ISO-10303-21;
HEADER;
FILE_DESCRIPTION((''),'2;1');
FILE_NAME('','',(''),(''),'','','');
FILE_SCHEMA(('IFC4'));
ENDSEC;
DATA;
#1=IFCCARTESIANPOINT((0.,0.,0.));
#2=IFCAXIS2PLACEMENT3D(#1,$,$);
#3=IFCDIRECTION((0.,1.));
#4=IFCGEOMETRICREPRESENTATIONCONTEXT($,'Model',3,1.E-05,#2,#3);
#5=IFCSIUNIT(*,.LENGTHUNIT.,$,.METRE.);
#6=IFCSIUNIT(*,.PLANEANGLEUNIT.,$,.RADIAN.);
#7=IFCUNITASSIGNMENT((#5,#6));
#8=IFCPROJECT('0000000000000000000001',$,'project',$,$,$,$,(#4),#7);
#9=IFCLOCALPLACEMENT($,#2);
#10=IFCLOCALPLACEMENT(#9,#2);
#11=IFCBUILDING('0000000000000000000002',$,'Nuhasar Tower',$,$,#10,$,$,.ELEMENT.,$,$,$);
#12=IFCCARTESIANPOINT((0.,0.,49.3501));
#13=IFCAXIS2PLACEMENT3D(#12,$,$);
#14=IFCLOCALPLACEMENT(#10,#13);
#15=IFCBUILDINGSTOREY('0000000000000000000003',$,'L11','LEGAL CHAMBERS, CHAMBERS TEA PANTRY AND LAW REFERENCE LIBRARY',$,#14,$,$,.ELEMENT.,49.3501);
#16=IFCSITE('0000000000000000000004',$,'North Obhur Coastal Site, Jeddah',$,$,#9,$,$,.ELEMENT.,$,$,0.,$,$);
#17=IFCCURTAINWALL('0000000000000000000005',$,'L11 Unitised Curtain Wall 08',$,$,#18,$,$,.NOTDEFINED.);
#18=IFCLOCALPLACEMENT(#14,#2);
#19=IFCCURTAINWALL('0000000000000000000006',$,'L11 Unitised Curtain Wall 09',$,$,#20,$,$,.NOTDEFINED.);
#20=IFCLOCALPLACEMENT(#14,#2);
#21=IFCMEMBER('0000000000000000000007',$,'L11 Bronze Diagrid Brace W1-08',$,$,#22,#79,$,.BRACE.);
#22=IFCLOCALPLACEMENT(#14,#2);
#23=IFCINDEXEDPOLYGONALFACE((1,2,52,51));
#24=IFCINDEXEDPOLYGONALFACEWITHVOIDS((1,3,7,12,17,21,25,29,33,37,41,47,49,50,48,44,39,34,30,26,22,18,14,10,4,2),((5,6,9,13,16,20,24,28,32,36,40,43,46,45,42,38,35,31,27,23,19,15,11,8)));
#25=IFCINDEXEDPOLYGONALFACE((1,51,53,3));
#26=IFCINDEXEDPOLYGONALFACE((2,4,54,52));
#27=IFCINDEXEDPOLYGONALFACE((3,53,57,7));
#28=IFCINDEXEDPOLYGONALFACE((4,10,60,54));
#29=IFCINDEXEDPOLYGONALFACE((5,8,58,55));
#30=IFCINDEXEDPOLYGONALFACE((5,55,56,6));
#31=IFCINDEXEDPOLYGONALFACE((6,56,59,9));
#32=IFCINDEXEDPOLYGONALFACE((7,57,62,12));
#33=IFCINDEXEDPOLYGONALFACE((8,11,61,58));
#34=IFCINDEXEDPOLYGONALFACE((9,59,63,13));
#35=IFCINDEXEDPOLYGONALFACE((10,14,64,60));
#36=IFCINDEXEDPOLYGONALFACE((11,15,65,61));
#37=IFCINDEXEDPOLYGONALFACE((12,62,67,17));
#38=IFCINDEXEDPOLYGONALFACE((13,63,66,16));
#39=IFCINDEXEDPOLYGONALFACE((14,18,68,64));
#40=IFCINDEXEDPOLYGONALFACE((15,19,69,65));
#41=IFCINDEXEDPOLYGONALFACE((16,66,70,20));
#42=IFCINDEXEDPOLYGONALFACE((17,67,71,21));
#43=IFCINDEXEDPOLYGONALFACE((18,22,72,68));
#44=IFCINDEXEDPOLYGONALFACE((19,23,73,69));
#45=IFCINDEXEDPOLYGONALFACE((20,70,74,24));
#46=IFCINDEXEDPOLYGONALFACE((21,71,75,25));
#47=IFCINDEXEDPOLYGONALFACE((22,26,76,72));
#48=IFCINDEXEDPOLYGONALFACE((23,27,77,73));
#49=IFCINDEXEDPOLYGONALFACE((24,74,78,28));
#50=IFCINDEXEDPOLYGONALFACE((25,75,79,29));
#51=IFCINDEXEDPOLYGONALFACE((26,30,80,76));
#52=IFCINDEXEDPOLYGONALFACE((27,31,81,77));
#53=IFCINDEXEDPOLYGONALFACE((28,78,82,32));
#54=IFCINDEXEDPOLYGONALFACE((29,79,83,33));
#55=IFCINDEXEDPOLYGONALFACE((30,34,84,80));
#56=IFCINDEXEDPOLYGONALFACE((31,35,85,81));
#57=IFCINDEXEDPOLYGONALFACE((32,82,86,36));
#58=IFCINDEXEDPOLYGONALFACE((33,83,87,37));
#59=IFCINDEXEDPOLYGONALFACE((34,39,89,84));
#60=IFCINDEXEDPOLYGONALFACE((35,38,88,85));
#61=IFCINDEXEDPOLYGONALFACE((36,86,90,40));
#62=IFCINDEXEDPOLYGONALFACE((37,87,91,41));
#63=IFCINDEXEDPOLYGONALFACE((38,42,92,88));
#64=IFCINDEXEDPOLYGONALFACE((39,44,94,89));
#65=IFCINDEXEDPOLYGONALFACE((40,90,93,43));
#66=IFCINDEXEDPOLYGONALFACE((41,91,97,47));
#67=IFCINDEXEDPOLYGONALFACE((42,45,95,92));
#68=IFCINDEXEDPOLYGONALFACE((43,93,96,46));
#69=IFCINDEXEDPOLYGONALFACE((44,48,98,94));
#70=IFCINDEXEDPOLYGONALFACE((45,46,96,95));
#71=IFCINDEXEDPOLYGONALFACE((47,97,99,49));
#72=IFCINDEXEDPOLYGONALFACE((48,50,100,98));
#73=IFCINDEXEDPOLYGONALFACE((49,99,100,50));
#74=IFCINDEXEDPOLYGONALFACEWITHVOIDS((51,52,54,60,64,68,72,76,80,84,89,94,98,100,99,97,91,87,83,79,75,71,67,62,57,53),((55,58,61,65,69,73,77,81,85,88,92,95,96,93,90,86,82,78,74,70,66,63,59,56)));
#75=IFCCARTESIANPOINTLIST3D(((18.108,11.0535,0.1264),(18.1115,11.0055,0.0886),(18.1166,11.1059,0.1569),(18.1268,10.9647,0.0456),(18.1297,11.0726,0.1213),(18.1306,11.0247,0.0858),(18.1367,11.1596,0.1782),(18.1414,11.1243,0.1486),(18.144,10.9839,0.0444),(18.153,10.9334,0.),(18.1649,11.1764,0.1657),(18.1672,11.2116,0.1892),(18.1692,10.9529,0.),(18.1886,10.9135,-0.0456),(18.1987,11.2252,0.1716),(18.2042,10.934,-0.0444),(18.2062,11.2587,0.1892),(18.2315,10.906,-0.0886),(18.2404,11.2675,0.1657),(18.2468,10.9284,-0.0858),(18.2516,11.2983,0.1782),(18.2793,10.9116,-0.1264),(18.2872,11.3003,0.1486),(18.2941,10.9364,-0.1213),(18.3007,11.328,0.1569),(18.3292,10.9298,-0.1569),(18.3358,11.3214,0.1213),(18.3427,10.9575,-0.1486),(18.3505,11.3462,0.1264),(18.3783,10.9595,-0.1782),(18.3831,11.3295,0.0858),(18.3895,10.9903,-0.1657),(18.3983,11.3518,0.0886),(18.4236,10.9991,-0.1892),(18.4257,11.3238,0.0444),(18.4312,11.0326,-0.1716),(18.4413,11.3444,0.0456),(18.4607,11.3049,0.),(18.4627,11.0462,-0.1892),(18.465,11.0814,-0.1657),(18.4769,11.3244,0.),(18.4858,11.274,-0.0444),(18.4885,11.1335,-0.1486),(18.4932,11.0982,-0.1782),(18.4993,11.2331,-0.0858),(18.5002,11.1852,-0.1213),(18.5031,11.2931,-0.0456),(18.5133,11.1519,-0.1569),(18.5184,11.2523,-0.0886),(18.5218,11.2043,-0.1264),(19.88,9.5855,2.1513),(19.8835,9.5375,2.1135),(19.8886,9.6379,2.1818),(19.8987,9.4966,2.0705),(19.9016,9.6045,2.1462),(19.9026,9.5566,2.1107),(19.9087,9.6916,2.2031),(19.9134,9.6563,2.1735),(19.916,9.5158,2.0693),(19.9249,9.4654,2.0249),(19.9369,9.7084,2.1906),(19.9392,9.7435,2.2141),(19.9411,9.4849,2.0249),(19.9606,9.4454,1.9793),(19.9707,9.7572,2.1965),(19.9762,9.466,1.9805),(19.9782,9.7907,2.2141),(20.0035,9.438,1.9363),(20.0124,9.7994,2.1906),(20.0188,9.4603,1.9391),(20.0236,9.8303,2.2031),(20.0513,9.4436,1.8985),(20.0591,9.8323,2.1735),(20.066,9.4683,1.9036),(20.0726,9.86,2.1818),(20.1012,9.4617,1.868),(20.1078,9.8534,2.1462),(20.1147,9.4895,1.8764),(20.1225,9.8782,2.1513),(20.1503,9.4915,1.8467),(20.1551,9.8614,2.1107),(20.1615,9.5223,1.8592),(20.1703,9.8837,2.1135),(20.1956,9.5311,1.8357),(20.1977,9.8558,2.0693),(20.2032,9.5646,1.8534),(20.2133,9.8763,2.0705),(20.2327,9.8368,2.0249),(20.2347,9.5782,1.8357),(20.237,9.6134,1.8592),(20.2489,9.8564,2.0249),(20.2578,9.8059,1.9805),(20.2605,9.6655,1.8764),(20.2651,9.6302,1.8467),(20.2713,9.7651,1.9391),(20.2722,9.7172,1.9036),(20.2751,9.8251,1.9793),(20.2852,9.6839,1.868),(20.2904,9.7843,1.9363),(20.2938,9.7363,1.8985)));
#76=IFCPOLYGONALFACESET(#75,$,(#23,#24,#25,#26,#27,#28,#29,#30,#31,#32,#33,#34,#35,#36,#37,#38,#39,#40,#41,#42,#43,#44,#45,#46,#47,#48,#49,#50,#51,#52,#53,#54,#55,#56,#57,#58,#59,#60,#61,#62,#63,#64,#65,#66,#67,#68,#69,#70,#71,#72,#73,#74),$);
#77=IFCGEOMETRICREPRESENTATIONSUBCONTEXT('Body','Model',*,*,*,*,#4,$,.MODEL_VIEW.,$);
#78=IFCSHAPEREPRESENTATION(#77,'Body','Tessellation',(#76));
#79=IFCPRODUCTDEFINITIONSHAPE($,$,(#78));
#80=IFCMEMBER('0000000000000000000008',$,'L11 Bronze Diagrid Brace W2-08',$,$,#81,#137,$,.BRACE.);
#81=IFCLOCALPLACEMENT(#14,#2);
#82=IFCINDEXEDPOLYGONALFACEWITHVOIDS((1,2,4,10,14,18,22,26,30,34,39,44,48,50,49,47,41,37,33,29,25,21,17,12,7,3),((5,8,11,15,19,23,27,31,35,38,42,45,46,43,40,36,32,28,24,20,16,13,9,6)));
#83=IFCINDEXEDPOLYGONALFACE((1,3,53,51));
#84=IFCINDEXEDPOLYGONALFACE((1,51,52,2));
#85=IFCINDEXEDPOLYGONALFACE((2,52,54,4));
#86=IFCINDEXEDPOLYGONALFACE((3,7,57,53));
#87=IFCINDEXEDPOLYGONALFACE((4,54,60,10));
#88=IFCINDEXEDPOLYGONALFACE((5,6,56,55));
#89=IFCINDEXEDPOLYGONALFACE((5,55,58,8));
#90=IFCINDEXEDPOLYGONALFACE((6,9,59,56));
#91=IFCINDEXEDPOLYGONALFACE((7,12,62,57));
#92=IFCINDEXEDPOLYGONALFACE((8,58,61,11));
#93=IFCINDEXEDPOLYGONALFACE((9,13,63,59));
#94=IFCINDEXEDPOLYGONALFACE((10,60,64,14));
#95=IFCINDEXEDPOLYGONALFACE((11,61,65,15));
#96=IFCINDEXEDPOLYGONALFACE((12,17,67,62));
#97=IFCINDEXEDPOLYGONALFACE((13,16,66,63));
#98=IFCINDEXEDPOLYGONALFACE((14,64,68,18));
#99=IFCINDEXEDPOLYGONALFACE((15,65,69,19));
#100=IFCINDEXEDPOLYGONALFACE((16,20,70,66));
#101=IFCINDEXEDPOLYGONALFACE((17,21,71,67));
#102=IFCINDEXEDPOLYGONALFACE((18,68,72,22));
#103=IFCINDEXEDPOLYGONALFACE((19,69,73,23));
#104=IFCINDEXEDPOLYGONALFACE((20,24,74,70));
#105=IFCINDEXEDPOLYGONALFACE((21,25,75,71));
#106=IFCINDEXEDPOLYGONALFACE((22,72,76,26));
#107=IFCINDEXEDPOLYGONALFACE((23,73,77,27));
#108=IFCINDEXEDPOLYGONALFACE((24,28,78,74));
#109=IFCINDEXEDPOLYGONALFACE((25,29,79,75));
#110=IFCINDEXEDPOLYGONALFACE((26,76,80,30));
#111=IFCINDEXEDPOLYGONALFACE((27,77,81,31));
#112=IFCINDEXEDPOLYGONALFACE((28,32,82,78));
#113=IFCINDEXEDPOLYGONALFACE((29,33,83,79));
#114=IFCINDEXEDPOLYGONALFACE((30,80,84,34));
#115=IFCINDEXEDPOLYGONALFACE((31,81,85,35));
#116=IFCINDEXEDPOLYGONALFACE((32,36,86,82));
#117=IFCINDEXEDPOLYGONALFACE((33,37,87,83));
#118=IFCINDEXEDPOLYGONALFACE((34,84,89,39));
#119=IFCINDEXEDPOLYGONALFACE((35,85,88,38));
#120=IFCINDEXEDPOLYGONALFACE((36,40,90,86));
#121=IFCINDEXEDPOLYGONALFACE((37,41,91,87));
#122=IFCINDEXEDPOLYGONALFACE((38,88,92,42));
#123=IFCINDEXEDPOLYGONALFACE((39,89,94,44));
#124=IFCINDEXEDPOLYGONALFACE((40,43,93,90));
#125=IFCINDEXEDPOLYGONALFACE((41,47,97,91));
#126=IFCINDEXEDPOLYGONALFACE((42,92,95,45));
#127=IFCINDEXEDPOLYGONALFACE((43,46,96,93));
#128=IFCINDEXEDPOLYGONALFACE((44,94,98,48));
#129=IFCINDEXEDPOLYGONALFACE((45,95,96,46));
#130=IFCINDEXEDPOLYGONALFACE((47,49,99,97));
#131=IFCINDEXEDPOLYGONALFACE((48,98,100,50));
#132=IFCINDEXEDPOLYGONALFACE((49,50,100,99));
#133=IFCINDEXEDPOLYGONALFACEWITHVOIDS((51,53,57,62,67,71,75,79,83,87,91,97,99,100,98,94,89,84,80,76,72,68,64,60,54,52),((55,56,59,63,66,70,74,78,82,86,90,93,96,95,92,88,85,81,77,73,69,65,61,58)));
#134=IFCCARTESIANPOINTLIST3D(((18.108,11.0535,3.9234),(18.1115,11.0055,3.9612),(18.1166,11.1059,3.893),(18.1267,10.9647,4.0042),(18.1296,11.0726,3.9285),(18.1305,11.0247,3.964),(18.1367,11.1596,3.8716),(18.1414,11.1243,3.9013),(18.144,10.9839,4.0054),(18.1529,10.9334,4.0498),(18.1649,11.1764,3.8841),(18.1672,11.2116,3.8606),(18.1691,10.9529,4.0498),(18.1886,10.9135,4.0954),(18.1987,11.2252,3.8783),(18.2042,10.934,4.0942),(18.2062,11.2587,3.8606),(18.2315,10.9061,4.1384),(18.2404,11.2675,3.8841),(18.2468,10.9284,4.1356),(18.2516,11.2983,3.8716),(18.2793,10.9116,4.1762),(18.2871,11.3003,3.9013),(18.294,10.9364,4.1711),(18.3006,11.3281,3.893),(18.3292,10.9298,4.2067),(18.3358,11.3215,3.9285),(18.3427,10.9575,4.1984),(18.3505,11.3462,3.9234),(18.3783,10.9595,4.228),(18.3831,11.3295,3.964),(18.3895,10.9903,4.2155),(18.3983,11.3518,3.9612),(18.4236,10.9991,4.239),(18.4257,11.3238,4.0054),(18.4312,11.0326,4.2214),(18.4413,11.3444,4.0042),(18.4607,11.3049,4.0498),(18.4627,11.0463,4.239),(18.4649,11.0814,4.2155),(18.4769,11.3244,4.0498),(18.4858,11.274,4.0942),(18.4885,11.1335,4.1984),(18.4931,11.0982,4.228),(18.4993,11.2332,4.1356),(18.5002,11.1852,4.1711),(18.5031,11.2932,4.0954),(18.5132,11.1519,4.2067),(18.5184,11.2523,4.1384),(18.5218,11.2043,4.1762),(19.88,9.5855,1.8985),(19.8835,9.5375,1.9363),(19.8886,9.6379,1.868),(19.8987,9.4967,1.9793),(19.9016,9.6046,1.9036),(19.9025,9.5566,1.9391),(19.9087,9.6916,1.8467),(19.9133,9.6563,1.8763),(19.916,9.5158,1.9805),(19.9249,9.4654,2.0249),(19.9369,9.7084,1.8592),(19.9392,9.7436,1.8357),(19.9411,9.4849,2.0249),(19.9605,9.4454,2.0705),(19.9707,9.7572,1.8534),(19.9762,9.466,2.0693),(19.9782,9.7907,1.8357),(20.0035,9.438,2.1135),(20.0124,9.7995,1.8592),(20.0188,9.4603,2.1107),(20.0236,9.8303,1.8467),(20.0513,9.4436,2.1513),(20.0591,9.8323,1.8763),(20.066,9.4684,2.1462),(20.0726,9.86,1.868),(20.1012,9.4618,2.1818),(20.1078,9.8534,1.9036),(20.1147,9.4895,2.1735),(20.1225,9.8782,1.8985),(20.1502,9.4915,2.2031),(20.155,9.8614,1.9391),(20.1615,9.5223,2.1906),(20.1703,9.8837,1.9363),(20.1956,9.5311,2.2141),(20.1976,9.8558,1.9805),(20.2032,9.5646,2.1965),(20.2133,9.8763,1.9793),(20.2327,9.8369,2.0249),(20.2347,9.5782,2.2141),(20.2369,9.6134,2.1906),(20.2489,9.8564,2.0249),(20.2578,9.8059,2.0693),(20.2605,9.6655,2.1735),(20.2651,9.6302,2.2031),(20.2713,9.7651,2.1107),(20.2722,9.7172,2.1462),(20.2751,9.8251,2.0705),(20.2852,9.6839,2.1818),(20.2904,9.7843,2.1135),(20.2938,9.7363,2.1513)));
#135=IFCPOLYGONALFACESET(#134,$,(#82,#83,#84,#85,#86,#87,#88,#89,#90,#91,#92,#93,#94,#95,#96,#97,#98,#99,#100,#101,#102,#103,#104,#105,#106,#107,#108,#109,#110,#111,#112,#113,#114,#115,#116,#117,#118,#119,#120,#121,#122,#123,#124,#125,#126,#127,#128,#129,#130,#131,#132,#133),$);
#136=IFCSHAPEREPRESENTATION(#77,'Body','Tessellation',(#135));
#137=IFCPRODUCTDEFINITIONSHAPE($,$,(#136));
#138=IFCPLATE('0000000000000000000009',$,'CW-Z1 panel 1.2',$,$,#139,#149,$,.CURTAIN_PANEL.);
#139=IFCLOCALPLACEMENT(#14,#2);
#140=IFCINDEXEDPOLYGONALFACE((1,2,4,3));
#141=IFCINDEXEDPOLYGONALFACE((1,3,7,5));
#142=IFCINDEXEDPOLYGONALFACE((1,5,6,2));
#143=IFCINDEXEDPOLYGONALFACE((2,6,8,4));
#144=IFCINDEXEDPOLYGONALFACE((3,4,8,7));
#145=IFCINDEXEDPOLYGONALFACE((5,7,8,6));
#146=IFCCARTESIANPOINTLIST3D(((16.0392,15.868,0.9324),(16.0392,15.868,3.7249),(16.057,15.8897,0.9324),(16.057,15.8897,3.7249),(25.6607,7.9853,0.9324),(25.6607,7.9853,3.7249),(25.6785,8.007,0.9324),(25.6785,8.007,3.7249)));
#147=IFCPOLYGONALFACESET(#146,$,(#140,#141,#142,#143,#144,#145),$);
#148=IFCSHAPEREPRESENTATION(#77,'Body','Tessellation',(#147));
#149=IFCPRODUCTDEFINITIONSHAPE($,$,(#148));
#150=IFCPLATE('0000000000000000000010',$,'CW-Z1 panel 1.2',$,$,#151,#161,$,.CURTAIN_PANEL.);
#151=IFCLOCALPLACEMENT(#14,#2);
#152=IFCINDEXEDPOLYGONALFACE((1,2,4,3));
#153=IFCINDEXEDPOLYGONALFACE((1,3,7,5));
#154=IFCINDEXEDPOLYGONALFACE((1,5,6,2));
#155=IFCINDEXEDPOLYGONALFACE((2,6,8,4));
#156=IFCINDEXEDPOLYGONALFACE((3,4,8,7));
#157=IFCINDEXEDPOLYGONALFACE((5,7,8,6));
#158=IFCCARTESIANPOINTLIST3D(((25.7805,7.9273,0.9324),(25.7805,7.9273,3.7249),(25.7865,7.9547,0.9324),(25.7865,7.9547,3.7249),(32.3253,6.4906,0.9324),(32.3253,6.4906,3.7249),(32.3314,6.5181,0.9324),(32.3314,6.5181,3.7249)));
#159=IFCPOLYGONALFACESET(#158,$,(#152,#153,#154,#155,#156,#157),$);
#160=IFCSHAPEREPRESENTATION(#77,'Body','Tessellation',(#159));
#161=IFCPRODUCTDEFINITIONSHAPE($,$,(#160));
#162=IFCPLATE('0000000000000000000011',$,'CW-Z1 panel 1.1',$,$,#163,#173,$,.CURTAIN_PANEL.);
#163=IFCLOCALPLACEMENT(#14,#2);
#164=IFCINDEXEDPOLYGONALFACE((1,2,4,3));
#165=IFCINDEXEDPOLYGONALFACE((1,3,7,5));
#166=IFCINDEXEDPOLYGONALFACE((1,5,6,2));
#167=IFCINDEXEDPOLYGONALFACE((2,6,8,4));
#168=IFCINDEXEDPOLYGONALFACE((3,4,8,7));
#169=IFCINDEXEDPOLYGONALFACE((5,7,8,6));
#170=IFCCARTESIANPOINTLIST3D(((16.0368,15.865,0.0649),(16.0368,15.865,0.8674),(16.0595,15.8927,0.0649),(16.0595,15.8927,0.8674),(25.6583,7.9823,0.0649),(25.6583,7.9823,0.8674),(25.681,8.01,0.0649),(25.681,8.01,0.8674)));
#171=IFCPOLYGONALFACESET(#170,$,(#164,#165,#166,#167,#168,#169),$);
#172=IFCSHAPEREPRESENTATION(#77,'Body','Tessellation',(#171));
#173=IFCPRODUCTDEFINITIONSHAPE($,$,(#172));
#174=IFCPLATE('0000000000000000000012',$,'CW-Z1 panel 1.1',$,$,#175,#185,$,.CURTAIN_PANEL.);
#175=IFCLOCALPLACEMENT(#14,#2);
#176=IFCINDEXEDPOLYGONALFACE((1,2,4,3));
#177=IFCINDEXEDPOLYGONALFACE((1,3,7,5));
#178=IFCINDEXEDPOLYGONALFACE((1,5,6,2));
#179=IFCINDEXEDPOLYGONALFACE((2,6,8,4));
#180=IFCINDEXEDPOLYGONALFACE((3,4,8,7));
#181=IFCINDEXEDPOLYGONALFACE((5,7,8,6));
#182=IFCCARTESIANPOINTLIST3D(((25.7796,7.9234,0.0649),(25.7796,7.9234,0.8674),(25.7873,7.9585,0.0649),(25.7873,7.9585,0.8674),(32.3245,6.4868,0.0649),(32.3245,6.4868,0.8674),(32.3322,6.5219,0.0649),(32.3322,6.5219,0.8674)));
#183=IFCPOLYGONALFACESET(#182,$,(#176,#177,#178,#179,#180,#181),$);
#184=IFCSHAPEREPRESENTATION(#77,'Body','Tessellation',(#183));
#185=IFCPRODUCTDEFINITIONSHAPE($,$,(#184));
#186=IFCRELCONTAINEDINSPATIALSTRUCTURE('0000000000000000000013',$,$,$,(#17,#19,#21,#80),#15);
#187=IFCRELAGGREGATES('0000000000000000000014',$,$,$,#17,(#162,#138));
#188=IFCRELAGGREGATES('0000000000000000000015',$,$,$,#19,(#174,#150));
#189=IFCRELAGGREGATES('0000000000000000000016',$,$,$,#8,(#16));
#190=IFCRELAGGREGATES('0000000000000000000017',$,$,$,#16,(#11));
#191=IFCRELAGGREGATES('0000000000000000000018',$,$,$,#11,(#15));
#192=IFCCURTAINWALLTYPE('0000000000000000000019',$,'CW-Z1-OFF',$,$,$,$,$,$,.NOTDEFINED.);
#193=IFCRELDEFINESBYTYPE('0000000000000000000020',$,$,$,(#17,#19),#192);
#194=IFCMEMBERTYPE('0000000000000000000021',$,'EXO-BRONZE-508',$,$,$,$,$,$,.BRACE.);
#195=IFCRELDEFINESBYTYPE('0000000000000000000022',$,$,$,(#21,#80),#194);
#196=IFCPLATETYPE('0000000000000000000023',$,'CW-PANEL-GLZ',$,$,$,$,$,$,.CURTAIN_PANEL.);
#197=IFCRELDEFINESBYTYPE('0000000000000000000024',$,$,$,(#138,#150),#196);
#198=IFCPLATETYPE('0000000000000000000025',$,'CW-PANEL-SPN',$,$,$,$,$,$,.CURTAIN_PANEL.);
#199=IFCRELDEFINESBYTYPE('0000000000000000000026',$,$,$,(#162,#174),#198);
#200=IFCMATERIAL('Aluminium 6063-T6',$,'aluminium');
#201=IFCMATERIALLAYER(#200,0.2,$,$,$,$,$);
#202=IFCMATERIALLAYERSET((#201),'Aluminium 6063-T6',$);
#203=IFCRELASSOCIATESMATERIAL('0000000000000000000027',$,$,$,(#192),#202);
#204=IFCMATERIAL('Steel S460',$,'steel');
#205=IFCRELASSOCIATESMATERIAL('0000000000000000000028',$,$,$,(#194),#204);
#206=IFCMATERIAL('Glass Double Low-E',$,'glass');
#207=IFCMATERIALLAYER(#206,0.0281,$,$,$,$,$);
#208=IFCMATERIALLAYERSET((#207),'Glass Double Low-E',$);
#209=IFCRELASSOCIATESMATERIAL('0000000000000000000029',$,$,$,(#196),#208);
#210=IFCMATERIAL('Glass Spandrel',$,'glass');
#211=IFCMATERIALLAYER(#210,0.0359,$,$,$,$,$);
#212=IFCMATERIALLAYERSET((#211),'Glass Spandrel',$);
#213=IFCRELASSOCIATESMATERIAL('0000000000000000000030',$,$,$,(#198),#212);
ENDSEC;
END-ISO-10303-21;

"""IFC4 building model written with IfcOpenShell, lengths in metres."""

from ifc_helpers import new_model, si_unit, direction, frame, origin, origin_2d, place, context, subcontext, project, spatial, rectangle, hollow_circle, extrude, material, layer, layer_set, material_profile, profile_set, type_object, element, aggregate, save


model = new_model("IFC4")

# Units and contexts
model_context = context("Model", 3, precision=1e-05, world=origin(), true_north=direction((0.0, 1.0)))
body_context = subcontext(model_context, "Body", "Model", "MODEL_VIEW")
ifc_project = project(units=[si_unit("LENGTHUNIT", "METRE"), si_unit("PLANEANGLEUNIT", "RADIAN")], contexts=[model_context])

# Site, building, storey
site_placement = place(None, origin())
site = spatial("IfcSite", under=ifc_project, at=site_placement, Name="North Obhur Coastal Site, Jeddah", CompositionType="ELEMENT", RefElevation=0.0)
building_placement = place(site_placement, origin())
building = spatial("IfcBuilding", under=site, at=building_placement, Name="Nuhasar Tower", CompositionType="ELEMENT")
storey_placement = place(building_placement, frame((0.0, 0.0, 49.3501)))
storey = spatial("IfcBuildingStorey", under=building, at=storey_placement, Name="L11", Description="LEGAL CHAMBERS, CHAMBERS TEA PANTRY AND LAW REFERENCE LIBRARY", CompositionType="ELEMENT", Elevation=49.3501)

# Curtain wall
ifc_material_1 = material(Name="Aluminium 6063-T6", Category="aluminium")
ifc_layer_1 = layer(ifc_material_1, 0.2)
ifc_layer_set_1 = layer_set([ifc_layer_1], Name="Aluminium 6063-T6")
curtain_wall_type = type_object("IfcCurtainWallType", Name="CW-Z1-OFF", PredefinedType="NOTDEFINED", material=ifc_layer_set_1)
curtain_wall_1_placement = place(storey_placement, origin())
curtain_wall_1 = element("IfcCurtainWall", 1, at=curtain_wall_1_placement, inside=storey, type_object=curtain_wall_type, Name="L11 Unitised Curtain Wall 08", PredefinedType="NOTDEFINED")

# Curtain wall
curtain_wall_2_placement = place(storey_placement, origin())
curtain_wall_2 = element("IfcCurtainWall", 2, at=curtain_wall_2_placement, inside=storey, type_object=curtain_wall_type, Name="L11 Unitised Curtain Wall 09", PredefinedType="NOTDEFINED")

# Members
ifc_material_2 = material(Name="Steel S460", Category="steel")
ifc_material_profile_1 = material_profile(ifc_material_2, hollow_circle(Radius=0.2539, WallThickness=0.0254, at=origin_2d()), Name="HSS508X25.4")
ifc_profile_set_1 = profile_set([ifc_material_profile_1], Name="Steel S460")
member_type_1 = type_object("IfcMemberType", Name="EXO-BRONZE-508", PredefinedType="BRACE", material=ifc_profile_set_1)
for number, where, z_axis, x_axis, name in (
    (3, (18.3149, 11.1289, 0.0), (0.578102, -0.478937, 0.660619), (0.637969, 0.770062, 0.0), "L11 Bronze Diagrid Brace W1-08"),
    (4, (20.0869, 9.6609, 2.0249), (-0.578102, 0.478937, 0.660619), (-0.637969, -0.770062, 0.0), "L11 Bronze Diagrid Brace W2-08"),
):
    element("IfcMember", number, at=place(storey_placement, frame(where, z_axis=z_axis, x_axis=x_axis)), inside=storey, type_object=member_type_1, Name=name, PredefinedType="BRACE", context=body_context, shape_type="SweptSolid", body=[
        extrude(hollow_circle(Radius=0.2539, WallThickness=0.0254, at=origin_2d()), origin(), (0.0, 0.0, 1.0), 3.0652),
    ])

# Plates
ifc_material_3 = material(Name="Glass Double Low-E", Category="glass")
ifc_layer_2 = layer(ifc_material_3, 0.0281)
ifc_layer_set_2 = layer_set([ifc_layer_2], Name="Glass Double Low-E")
plate_type_1 = type_object("IfcPlateType", Name="CW-PANEL-GLZ", PredefinedType="CURTAIN_PANEL", material=ifc_layer_set_2)
plate_1_placement = place(storey_placement, frame((20.8589, 11.9375, 0.9324), z_axis=(0.0, 0.0, 1.0), x_axis=(0.773542, -0.633745, 0.0)))
plate_1 = element("IfcPlate", 5, at=plate_1_placement, type_object=plate_type_1, Name="CW-Z1 panel 1.2", PredefinedType="CURTAIN_PANEL", context=body_context, shape_type="SweptSolid", body=[
    extrude(rectangle(XDim=12.4382, YDim=0.0281, at=origin_2d()), origin(), (0.0, 0.0, 1.0), 2.7925),
])
plate_2_placement = place(storey_placement, frame((29.0559, 7.2227, 0.9324), z_axis=(0.0, 0.0, 1.0), x_axis=(0.976746, -0.214399, 0.0)))
plate_2 = element("IfcPlate", 6, at=plate_2_placement, type_object=plate_type_1, Name="CW-Z1 panel 1.2", PredefinedType="CURTAIN_PANEL", context=body_context, shape_type="SweptSolid", body=[
    extrude(rectangle(XDim=6.7007, YDim=0.0281, at=origin_2d()), origin(), (0.0, 0.0, 1.0), 2.7925),
])
ifc_material_4 = material(Name="Glass Spandrel", Category="glass")
ifc_layer_3 = layer(ifc_material_4, 0.0359)
ifc_layer_set_3 = layer_set([ifc_layer_3], Name="Glass Spandrel")
plate_type_2 = type_object("IfcPlateType", Name="CW-PANEL-SPN", PredefinedType="CURTAIN_PANEL", material=ifc_layer_set_3)
plate_3_placement = place(storey_placement, frame((20.8589, 11.9375, 0.0649), z_axis=(0.0, 0.0, 1.0), x_axis=(0.773542, -0.633745, 0.0)))
plate_3 = element("IfcPlate", 7, at=plate_3_placement, type_object=plate_type_2, Name="CW-Z1 panel 1.1", PredefinedType="CURTAIN_PANEL", context=body_context, shape_type="SweptSolid", body=[
    extrude(rectangle(XDim=12.4382, YDim=0.0359, at=origin_2d()), origin(), (0.0, 0.0, 1.0), 0.8025),
])
aggregate(curtain_wall_1, [plate_3, plate_1])
plate_4_placement = place(storey_placement, frame((29.0559, 7.2227, 0.0649), z_axis=(0.0, 0.0, 1.0), x_axis=(0.976746, -0.214399, 0.0)))
plate_4 = element("IfcPlate", 8, at=plate_4_placement, type_object=plate_type_2, Name="CW-Z1 panel 1.1", PredefinedType="CURTAIN_PANEL", context=body_context, shape_type="SweptSolid", body=[
    extrude(rectangle(XDim=6.7007, YDim=0.0359, at=origin_2d()), origin(), (0.0, 0.0, 1.0), 0.8025),
])
aggregate(curtain_wall_2, [plate_4, plate_2])

save(model, "model.ifc")
